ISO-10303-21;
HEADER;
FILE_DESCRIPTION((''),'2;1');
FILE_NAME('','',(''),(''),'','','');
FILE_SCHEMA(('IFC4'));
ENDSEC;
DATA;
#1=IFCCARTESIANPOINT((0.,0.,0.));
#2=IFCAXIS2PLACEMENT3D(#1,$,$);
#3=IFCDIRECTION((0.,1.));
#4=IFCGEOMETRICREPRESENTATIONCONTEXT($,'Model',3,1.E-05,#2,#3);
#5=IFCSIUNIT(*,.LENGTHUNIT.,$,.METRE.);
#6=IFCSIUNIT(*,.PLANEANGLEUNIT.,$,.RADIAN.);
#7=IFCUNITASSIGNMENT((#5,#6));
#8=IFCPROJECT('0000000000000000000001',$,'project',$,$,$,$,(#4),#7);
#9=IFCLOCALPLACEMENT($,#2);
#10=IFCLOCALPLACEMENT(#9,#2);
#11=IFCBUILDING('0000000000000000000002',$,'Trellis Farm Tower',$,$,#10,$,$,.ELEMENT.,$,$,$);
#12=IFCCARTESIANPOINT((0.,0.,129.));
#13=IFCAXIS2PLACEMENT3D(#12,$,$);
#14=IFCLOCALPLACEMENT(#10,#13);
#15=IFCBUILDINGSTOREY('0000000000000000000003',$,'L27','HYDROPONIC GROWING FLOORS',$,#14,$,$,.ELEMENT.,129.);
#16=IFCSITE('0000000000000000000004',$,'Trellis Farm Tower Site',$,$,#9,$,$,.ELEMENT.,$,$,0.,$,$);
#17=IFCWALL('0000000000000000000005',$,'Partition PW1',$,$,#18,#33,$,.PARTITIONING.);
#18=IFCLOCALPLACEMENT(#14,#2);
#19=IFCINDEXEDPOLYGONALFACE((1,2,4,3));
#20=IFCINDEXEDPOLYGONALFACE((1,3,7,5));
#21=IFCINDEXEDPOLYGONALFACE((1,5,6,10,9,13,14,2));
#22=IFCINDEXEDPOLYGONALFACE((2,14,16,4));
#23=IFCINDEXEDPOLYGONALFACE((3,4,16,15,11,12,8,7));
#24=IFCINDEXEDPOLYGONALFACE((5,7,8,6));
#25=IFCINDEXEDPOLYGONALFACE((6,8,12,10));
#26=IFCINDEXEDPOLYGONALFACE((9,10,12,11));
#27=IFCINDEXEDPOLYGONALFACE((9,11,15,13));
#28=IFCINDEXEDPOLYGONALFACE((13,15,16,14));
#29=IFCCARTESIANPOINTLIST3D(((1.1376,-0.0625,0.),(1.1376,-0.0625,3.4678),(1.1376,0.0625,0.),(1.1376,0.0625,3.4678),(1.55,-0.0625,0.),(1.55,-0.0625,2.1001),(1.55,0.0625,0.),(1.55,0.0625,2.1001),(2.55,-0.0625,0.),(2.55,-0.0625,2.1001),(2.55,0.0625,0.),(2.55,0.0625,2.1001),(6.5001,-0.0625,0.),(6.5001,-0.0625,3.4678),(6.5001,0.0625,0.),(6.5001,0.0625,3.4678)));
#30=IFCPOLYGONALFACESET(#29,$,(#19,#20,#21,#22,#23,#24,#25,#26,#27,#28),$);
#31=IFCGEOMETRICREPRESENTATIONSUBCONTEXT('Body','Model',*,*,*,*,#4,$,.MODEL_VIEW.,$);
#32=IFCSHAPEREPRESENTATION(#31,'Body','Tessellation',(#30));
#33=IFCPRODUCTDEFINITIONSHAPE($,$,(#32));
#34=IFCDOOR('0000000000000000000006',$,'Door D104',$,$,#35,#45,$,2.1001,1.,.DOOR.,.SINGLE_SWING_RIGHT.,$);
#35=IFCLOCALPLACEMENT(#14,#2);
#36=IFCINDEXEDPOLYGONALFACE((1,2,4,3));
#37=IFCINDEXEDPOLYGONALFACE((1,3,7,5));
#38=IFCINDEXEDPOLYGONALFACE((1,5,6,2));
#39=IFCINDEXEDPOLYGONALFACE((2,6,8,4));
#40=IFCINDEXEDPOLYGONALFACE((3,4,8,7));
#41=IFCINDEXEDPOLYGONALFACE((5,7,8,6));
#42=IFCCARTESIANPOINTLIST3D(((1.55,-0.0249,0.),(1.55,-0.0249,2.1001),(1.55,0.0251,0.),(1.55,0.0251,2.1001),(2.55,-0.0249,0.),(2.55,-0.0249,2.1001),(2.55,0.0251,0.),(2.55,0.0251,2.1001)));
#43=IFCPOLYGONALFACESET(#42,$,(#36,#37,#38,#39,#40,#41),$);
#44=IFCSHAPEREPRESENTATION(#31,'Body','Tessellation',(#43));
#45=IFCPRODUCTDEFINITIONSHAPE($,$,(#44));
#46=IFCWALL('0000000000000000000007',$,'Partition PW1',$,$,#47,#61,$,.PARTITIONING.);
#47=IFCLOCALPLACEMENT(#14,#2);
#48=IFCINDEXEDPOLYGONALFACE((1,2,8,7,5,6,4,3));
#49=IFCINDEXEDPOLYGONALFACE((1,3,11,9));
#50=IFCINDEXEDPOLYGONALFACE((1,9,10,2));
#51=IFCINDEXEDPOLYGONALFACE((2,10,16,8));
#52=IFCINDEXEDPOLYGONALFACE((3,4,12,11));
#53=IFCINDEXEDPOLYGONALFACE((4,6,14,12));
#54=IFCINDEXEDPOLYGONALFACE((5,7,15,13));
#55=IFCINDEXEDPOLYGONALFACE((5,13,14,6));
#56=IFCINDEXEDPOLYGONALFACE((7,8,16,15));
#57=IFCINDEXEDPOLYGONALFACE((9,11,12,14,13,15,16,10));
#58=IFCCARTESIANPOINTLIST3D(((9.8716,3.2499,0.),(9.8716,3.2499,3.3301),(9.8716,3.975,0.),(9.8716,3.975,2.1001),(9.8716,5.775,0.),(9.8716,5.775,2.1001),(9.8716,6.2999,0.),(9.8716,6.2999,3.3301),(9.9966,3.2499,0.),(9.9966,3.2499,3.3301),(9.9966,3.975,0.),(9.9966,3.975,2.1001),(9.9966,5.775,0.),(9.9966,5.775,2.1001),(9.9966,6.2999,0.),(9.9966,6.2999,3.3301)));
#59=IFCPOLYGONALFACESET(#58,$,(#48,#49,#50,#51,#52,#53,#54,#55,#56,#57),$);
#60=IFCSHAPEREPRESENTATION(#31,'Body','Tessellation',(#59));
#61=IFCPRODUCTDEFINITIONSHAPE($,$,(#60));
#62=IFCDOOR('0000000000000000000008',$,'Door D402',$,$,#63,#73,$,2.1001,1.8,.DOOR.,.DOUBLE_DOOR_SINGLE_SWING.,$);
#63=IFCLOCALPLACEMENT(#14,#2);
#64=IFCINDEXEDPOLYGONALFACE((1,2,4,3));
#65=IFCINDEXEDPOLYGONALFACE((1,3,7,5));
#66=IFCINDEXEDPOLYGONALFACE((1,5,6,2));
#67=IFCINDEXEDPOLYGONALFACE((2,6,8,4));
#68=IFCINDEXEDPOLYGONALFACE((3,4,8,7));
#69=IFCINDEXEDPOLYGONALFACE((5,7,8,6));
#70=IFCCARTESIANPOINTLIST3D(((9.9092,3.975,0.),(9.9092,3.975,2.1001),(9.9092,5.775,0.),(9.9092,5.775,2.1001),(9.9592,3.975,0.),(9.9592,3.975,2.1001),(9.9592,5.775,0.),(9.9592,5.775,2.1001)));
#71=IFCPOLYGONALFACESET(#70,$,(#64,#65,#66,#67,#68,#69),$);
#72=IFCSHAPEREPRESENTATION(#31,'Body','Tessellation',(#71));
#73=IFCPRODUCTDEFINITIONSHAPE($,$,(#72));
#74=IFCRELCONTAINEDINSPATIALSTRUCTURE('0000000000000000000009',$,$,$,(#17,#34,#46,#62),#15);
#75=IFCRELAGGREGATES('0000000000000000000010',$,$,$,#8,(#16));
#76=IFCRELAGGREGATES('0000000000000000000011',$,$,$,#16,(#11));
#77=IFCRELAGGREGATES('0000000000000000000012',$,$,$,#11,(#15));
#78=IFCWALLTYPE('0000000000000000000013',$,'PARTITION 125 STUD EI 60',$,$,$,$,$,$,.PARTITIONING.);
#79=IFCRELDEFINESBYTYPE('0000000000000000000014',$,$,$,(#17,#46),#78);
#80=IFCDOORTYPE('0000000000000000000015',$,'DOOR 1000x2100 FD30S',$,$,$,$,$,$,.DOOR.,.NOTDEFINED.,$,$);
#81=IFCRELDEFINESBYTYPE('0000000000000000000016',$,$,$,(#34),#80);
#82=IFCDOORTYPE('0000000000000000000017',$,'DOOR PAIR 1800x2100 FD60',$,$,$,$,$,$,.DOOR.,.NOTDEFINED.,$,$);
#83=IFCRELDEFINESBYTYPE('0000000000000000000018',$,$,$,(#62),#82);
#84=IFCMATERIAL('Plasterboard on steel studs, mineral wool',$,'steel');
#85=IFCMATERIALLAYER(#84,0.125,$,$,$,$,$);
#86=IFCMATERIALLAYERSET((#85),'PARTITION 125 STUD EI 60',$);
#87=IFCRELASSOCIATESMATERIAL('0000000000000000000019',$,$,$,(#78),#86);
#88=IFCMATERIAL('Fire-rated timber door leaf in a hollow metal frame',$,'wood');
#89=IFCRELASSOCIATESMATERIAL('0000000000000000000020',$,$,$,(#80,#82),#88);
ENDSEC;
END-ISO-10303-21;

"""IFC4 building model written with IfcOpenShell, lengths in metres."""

from ifc_helpers import new_model, si_unit, direction, frame, frame_2d, origin, place, context, subcontext, project, spatial, rectangle, extrude, source, transform, mapped, material, layer, layer_set, type_object, element, fill, save


model = new_model("IFC4")

# Units and contexts
model_context = context("Model", 3, precision=1e-05, world=origin(), true_north=direction((0.0, 1.0)))
body_context = subcontext(model_context, "Body", "Model", "MODEL_VIEW")
ifc_project = project(units=[si_unit("LENGTHUNIT", "METRE"), si_unit("PLANEANGLEUNIT", "RADIAN")], contexts=[model_context])

# Site, building, storey
site_placement = place(None, origin())
site = spatial("IfcSite", under=ifc_project, at=site_placement, Name="Trellis Farm Tower Site", CompositionType="ELEMENT", RefElevation=0.0)
building_placement = place(site_placement, origin())
building = spatial("IfcBuilding", under=site, at=building_placement, Name="Trellis Farm Tower", CompositionType="ELEMENT")
storey_placement = place(building_placement, frame((0.0, 0.0, 129.0)))
storey = spatial("IfcBuildingStorey", under=building, at=storey_placement, Name="L27", Description="HYDROPONIC GROWING FLOORS", CompositionType="ELEMENT", Elevation=129.0)

# Walls, openings, doors
ifc_material_1 = material(Name="Plasterboard on steel studs, mineral wool", Category="steel")
ifc_layer_1 = layer(ifc_material_1, 0.125)
ifc_layer_set_1 = layer_set([ifc_layer_1], Name="PARTITION 125 STUD EI 60")
wall_type_1 = type_object("IfcWallType", Name="PARTITION 125 STUD EI 60", PredefinedType="PARTITIONING", material=ifc_layer_set_1)
shared_shape_1 = source(origin(), body_context, "Body", "SweptSolid", [
    extrude(rectangle(XDim=5.3625, YDim=0.125, at=frame_2d((2.6812, 0.0))), origin(), (0.0, 0.0, 1.0), 3.4678),
])
wall_1_placement = place(storey_placement, frame((6.5, 0.0, 0.0), z_axis=(0.0, 0.0, 1.0), x_axis=(-1.0, 0.0, 0.0)))
wall_1 = element("IfcWall", 1, at=wall_1_placement, inside=storey, type_object=wall_type_1, Name="Partition PW1", PredefinedType="PARTITIONING", context=body_context, shape_type="MappedRepresentation", body=[
    mapped(shared_shape_1, transform((0.0, 0.0, 0.0))),
])
shared_shape_2 = source(origin(), body_context, "Body", "SweptSolid", [
    extrude(rectangle(XDim=1.0, YDim=2.1001, at=frame_2d((0.5, 1.05))), frame((0.0, 0.0725, 0.0), z_axis=(0.0, -1.0, 0.0), x_axis=(1.0, 0.0, 0.0)), (0.0, 0.0, 1.0), 0.145),
])
opening_1_placement = place(wall_1_placement, frame((3.95, 0.0, 0.0)))
opening_1 = element("IfcOpeningElement", 2, at=opening_1_placement, cuts=wall_1, PredefinedType="OPENING", context=body_context, shape_type="MappedRepresentation", body=[
    mapped(shared_shape_2, transform((0.0, 0.0, 0.0))),
])
ifc_material_2 = material(Name="Fire-rated timber door leaf in a hollow metal frame", Category="wood")
door_type_1 = type_object("IfcDoorType", Name="DOOR 1000x2100 FD30S", OperationType="NOTDEFINED", PredefinedType="DOOR", material=ifc_material_2)
shared_shape_3 = source(origin(), body_context, "Body", "SweptSolid", [
    extrude(rectangle(XDim=1.0, YDim=2.1001, at=frame_2d((0.5, 1.05))), frame((0.0, 0.0249, 0.0), z_axis=(0.0, -1.0, 0.0), x_axis=(1.0, 0.0, 0.0)), (0.0, 0.0, 1.0), 0.05),
])
door_1_placement = place(opening_1_placement, origin())
door_1 = element("IfcDoor", 3, at=door_1_placement, inside=storey, type_object=door_type_1, Name="Door D104", OperationType="SINGLE_SWING_RIGHT", OverallHeight=2.1001, OverallWidth=1.0, PredefinedType="DOOR", context=body_context, shape_type="MappedRepresentation", body=[
    mapped(shared_shape_3, transform((0.0, 0.0, 0.0))),
])
fill(opening_1, door_1)
shared_shape_4 = source(origin(), body_context, "Body", "SweptSolid", [
    extrude(rectangle(XDim=3.05, YDim=0.125, at=frame_2d((1.5249, 0.0))), origin(), (0.0, 0.0, 1.0), 3.3301),
])
wall_2_placement = place(storey_placement, frame((9.9341, 3.25, 0.0), z_axis=(0.0, 0.0, 1.0), x_axis=(0.0, 1.0, 0.0)))
wall_2 = element("IfcWall", 4, at=wall_2_placement, inside=storey, type_object=wall_type_1, Name="Partition PW1", PredefinedType="PARTITIONING", context=body_context, shape_type="MappedRepresentation", body=[
    mapped(shared_shape_4, transform((0.0, 0.0, 0.0))),
])
shared_shape_5 = source(origin(), body_context, "Body", "SweptSolid", [
    extrude(rectangle(XDim=1.8, YDim=2.1001, at=frame_2d((0.8999, 1.05))), frame((0.0, 0.0725, 0.0), z_axis=(0.0, -1.0, 0.0), x_axis=(1.0, 0.0, 0.0)), (0.0, 0.0, 1.0), 0.145),
])
opening_2_placement = place(wall_2_placement, frame((0.7251, 0.0, 0.0)))
opening_2 = element("IfcOpeningElement", 5, at=opening_2_placement, cuts=wall_2, PredefinedType="OPENING", context=body_context, shape_type="MappedRepresentation", body=[
    mapped(shared_shape_5, transform((0.0, 0.0, 0.0))),
])
door_type_2 = type_object("IfcDoorType", Name="DOOR PAIR 1800x2100 FD60", OperationType="NOTDEFINED", PredefinedType="DOOR", material=ifc_material_2)
shared_shape_6 = source(origin(), body_context, "Body", "SweptSolid", [
    extrude(rectangle(XDim=1.8, YDim=2.1001, at=frame_2d((0.8999, 1.05))), frame((0.0, 0.0249, 0.0), z_axis=(0.0, -1.0, 0.0), x_axis=(1.0, 0.0, 0.0)), (0.0, 0.0, 1.0), 0.05),
])
door_2_placement = place(opening_2_placement, origin())
door_2 = element("IfcDoor", 6, at=door_2_placement, inside=storey, type_object=door_type_2, Name="Door D402", OperationType="DOUBLE_DOOR_SINGLE_SWING", OverallHeight=2.1001, OverallWidth=1.8, PredefinedType="DOOR", context=body_context, shape_type="MappedRepresentation", body=[
    mapped(shared_shape_6, transform((0.0, 0.0, 0.0))),
])
fill(opening_2, door_2)

save(model, "model.ifc")
